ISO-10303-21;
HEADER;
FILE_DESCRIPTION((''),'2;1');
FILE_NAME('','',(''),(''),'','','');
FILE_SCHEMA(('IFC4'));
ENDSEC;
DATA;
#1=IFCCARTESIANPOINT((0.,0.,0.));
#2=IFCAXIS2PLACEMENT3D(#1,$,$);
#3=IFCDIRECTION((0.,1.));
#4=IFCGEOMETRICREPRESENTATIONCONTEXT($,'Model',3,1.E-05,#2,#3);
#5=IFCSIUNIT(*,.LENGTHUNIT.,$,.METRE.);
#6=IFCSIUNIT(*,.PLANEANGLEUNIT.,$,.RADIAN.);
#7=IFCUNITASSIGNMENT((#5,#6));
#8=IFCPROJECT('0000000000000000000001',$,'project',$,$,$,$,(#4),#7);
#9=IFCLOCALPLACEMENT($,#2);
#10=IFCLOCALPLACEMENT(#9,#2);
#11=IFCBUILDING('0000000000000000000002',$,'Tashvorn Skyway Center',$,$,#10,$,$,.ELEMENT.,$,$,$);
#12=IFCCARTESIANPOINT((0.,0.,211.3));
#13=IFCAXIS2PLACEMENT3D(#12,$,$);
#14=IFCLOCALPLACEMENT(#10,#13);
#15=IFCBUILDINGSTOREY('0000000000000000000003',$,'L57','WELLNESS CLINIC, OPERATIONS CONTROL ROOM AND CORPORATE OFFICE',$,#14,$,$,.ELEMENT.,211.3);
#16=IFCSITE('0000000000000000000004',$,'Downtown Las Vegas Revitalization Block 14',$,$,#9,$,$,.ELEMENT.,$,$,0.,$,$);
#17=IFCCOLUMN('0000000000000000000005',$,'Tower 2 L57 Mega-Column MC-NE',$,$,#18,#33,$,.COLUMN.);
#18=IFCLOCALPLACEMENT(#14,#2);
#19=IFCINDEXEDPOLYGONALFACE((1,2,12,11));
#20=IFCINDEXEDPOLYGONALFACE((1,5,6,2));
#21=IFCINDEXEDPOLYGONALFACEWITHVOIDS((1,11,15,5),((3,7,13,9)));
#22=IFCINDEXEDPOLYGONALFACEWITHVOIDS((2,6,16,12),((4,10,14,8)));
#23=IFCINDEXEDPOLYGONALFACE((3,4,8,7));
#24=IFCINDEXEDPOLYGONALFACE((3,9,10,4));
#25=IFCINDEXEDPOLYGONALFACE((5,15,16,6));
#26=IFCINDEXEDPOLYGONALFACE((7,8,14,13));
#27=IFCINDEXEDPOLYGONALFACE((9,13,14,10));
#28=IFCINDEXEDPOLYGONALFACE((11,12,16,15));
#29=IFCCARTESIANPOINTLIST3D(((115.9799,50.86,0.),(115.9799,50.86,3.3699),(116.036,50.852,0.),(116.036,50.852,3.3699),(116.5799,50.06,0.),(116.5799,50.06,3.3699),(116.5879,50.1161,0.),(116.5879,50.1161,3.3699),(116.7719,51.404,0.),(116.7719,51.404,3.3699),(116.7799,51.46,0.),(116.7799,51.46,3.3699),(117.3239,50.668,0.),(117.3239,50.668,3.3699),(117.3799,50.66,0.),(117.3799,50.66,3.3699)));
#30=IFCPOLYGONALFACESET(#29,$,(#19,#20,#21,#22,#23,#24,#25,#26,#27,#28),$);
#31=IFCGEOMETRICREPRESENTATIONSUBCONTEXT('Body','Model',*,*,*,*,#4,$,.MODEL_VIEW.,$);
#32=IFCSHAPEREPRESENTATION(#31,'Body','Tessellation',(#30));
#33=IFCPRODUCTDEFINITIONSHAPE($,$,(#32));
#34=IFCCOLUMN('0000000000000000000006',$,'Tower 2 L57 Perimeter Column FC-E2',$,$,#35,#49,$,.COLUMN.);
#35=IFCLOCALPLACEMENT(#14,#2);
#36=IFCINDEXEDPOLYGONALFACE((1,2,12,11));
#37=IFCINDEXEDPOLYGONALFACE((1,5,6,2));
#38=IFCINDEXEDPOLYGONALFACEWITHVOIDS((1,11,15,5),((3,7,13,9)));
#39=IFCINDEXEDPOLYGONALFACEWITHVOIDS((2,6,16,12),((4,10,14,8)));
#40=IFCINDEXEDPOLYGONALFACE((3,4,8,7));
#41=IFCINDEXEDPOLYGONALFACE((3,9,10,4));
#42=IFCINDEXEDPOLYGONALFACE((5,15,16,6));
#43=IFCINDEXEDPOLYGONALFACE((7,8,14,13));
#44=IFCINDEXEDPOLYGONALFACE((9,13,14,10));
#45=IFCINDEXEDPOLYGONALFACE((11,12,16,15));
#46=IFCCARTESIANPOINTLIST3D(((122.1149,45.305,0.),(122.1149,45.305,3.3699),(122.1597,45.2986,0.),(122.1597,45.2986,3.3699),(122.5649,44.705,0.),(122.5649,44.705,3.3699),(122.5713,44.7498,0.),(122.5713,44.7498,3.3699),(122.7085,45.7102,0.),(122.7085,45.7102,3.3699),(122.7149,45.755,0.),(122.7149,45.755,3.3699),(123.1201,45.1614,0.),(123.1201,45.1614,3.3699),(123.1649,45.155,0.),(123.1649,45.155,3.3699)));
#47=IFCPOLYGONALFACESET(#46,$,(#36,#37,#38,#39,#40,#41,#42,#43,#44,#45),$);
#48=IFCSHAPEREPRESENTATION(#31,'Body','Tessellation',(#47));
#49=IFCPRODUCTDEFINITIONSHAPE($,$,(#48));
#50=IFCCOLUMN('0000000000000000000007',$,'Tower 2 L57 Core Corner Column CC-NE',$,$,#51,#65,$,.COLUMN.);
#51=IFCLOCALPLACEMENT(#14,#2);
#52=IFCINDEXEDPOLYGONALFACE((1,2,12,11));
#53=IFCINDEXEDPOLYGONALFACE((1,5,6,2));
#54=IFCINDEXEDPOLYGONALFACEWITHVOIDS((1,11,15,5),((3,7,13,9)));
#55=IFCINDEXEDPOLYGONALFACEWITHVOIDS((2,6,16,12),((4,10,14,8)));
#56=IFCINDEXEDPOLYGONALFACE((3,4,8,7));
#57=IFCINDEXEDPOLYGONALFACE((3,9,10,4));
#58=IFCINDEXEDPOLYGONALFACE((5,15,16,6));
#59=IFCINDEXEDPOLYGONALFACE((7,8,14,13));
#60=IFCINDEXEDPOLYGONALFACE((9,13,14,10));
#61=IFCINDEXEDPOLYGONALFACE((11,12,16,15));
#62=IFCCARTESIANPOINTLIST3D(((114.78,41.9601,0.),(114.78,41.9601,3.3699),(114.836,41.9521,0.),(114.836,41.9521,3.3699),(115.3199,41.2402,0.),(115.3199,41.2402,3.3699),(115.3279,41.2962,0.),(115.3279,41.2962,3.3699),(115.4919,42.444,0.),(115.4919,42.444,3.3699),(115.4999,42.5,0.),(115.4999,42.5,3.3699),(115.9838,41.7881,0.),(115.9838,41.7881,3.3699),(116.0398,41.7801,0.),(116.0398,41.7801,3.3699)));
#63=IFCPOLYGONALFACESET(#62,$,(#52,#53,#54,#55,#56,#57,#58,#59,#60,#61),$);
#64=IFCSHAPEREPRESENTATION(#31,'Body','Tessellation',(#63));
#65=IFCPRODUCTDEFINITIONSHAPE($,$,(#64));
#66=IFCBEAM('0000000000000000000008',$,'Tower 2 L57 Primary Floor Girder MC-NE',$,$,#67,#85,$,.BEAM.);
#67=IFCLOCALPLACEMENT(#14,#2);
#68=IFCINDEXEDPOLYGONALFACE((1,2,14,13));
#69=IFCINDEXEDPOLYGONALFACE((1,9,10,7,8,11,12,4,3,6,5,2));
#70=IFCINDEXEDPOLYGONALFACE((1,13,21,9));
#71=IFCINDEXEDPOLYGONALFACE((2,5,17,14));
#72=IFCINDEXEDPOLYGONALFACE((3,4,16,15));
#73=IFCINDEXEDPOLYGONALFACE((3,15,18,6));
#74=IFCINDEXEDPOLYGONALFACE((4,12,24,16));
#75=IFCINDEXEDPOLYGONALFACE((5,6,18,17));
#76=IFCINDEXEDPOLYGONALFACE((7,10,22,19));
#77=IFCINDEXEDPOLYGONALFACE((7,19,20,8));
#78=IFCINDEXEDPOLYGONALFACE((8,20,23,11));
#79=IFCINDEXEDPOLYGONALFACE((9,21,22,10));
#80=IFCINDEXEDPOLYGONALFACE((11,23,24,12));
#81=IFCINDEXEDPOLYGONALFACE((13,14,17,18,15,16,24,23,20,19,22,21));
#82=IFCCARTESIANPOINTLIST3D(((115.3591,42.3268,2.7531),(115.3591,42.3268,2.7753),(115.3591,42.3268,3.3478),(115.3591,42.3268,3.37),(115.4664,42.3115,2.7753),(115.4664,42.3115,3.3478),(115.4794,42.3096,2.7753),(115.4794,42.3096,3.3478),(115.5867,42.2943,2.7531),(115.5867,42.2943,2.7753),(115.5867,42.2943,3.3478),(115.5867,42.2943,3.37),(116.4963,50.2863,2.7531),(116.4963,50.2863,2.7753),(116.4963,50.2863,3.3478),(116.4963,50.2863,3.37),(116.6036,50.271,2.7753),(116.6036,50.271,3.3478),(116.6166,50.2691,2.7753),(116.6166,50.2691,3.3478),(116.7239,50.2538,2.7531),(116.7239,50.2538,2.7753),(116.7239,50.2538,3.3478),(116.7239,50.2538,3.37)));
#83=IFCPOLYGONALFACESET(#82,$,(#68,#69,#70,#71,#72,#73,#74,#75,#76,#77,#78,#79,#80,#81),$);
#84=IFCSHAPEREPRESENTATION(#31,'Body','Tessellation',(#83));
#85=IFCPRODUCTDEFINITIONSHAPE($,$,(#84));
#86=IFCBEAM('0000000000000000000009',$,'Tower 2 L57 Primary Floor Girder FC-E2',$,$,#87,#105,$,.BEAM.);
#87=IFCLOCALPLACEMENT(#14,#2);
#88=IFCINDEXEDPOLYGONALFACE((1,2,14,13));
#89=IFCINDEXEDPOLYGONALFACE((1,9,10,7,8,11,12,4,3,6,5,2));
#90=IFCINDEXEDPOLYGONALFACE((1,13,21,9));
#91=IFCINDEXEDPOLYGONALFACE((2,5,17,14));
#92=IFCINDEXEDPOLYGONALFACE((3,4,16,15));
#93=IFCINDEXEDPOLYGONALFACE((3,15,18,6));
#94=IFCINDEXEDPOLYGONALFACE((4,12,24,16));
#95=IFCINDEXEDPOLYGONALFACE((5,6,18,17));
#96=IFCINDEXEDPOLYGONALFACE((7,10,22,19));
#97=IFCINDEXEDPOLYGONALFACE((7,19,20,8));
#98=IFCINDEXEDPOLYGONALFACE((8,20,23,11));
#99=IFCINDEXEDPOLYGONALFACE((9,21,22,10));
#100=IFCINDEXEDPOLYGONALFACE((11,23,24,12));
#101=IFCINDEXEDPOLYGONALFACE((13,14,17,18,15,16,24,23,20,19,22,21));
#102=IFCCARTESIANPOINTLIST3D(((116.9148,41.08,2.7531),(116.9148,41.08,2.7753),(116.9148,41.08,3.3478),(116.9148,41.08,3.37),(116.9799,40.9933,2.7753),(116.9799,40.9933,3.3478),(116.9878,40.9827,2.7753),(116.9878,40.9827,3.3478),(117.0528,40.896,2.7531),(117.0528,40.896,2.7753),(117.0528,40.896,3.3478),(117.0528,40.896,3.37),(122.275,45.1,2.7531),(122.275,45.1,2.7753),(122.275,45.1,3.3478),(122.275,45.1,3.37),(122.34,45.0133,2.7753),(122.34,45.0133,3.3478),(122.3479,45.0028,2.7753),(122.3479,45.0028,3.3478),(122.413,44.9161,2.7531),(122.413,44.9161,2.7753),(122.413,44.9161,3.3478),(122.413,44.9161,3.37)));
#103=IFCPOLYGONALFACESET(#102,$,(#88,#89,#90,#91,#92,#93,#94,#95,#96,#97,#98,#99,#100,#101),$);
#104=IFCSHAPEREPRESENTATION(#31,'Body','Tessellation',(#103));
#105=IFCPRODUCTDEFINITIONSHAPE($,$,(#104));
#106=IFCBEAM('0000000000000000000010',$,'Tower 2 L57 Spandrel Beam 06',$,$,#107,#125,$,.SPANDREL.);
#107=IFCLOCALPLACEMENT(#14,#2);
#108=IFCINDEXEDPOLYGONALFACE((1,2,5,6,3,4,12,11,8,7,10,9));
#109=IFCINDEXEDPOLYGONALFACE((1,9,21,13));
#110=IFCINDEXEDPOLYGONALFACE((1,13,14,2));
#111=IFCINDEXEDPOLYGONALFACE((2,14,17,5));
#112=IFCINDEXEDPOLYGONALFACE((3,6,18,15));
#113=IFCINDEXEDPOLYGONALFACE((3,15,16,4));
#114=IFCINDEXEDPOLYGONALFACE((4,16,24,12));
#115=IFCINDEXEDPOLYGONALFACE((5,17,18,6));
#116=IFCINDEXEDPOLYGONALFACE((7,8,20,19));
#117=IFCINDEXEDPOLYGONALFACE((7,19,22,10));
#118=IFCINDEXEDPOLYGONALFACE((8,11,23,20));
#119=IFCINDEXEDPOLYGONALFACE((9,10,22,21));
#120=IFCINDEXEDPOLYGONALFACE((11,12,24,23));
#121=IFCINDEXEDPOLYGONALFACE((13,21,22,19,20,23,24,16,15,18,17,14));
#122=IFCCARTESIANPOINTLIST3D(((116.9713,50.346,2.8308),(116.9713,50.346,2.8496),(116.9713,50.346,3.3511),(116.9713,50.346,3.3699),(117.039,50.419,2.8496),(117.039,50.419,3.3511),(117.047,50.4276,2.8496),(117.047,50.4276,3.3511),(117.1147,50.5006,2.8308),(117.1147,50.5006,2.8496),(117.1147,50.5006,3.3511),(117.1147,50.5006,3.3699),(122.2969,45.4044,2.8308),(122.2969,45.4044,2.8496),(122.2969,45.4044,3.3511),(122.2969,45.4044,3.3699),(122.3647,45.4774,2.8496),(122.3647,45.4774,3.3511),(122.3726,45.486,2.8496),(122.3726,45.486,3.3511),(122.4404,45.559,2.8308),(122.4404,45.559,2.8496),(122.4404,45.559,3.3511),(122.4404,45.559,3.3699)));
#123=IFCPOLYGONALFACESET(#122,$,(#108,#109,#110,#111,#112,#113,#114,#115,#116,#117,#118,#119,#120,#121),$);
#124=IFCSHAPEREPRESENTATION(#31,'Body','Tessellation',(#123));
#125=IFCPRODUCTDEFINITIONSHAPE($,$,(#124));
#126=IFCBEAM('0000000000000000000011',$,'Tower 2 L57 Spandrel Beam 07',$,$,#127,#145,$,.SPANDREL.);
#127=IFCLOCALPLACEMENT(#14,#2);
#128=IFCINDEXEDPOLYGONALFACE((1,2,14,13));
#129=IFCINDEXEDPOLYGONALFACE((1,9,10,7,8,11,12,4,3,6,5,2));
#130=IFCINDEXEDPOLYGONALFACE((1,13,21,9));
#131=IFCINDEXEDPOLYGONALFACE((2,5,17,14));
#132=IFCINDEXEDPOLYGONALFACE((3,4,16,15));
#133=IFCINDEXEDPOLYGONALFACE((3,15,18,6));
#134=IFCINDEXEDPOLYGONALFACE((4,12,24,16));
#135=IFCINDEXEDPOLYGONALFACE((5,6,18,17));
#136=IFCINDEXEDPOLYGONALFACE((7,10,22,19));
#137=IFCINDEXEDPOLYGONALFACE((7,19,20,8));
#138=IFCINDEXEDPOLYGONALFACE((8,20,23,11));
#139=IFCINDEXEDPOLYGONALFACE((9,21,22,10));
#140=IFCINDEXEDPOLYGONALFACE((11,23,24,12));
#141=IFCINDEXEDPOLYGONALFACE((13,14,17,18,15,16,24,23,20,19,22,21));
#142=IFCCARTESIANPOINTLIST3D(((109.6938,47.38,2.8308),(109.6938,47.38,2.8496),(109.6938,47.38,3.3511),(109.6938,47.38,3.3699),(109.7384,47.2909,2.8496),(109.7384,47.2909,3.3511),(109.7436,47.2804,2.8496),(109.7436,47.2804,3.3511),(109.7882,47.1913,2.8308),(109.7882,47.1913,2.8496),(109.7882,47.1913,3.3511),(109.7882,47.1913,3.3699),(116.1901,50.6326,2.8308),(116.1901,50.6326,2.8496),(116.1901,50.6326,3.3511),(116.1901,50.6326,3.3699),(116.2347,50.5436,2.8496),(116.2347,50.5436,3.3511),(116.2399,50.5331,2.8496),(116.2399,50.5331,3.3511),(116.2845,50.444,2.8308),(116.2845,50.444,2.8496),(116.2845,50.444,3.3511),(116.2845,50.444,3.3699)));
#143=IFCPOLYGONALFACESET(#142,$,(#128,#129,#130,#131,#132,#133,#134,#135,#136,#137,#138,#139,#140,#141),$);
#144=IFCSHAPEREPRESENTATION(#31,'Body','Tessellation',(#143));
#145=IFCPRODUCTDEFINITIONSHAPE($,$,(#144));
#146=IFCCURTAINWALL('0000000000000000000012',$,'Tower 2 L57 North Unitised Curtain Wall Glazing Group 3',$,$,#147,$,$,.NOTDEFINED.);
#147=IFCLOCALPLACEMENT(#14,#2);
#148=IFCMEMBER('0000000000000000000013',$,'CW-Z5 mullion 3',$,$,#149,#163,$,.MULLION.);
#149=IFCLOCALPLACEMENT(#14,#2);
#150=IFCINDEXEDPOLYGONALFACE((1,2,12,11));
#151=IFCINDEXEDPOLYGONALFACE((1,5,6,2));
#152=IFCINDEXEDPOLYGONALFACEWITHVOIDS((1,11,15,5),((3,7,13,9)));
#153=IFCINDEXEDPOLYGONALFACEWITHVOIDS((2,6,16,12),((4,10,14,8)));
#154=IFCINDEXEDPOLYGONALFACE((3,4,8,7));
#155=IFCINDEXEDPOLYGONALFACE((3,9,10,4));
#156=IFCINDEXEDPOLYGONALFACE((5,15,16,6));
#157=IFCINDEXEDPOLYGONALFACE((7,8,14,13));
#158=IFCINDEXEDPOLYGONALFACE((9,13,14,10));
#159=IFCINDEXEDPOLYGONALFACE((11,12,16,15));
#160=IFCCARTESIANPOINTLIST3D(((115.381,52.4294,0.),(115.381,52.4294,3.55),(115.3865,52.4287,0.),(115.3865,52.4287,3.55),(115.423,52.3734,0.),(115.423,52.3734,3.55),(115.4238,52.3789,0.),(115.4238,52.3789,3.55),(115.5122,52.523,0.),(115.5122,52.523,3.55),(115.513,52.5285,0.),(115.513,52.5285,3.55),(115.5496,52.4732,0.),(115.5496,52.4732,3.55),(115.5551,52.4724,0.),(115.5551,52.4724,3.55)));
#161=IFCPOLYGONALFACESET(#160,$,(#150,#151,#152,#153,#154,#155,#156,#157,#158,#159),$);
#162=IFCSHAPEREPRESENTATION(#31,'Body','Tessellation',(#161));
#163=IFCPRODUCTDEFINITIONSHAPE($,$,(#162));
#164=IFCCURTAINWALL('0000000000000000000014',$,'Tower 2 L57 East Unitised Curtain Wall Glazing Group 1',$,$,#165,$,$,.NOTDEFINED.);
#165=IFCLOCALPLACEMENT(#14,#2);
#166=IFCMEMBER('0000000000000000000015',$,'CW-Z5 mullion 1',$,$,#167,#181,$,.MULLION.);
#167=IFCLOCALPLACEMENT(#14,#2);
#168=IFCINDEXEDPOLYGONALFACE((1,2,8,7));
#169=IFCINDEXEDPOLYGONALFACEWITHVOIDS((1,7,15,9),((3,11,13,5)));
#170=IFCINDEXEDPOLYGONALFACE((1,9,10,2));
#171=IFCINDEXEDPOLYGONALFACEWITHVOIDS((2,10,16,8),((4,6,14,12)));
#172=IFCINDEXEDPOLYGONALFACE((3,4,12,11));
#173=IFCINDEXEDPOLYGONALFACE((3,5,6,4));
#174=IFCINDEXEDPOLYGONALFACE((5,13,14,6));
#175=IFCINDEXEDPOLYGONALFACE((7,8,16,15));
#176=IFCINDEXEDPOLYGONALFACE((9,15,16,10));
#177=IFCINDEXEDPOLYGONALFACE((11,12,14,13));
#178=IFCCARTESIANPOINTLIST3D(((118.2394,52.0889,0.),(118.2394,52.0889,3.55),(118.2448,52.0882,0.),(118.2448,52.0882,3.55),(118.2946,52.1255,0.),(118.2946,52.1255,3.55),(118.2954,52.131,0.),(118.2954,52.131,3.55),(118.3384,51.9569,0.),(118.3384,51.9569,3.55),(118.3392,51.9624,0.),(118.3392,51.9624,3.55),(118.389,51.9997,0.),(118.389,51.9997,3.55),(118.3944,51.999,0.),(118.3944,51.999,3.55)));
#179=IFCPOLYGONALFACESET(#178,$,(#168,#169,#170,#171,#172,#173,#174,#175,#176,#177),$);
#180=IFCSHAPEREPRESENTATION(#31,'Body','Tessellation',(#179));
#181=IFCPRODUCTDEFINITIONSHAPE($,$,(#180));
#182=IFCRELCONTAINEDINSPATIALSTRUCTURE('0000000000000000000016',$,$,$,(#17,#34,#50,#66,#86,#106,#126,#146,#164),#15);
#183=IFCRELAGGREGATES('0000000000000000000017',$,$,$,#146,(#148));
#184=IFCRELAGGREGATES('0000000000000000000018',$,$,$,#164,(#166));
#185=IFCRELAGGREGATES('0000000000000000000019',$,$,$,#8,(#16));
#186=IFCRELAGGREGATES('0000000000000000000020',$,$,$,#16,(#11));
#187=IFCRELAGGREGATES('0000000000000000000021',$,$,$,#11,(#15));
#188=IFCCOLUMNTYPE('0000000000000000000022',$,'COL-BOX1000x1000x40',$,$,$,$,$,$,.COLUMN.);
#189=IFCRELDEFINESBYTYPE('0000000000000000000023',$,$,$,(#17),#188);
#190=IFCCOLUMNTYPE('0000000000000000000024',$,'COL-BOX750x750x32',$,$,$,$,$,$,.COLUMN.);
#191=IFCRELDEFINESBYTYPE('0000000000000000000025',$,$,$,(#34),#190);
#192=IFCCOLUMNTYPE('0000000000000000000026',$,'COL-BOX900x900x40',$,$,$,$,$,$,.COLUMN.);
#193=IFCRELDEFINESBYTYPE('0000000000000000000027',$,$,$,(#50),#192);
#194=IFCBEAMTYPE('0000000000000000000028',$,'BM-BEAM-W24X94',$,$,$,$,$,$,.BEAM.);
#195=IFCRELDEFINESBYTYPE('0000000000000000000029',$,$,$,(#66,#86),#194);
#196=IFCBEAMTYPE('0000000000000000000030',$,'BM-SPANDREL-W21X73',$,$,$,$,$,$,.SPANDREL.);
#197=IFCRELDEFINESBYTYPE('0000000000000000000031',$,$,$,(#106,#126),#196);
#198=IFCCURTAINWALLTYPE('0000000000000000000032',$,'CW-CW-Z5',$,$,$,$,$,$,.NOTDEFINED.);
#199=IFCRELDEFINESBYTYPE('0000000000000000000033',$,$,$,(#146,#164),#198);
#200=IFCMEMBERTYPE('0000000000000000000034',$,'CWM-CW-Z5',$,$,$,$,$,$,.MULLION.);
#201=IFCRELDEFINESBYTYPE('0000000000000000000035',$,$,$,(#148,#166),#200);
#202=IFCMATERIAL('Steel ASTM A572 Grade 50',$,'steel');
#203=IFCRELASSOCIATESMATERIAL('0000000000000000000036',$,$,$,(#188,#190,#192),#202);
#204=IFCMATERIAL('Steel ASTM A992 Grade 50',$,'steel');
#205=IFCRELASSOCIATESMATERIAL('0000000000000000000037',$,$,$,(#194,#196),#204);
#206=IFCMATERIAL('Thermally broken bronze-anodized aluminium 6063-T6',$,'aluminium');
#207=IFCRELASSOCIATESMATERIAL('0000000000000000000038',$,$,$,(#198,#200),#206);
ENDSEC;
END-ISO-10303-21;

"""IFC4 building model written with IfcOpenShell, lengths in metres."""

from ifc_helpers import new_model, si_unit, direction, frame, origin, origin_2d, place, context, subcontext, project, spatial, hollow_rectangle, i_section, extrude, material, material_profile, profile_set, type_object, element, aggregate, save


model = new_model("IFC4")

# Units and contexts
model_context = context("Model", 3, precision=1e-05, world=origin(), true_north=direction((0.0, 1.0)))
body_context = subcontext(model_context, "Body", "Model", "MODEL_VIEW")
ifc_project = project(units=[si_unit("LENGTHUNIT", "METRE"), si_unit("PLANEANGLEUNIT", "RADIAN")], contexts=[model_context])

# Site, building, storey
site_placement = place(None, origin())
site = spatial("IfcSite", under=ifc_project, at=site_placement, Name="Downtown Las Vegas Revitalization Block 14", CompositionType="ELEMENT", RefElevation=0.0)
building_placement = place(site_placement, origin())
building = spatial("IfcBuilding", under=site, at=building_placement, Name="Tashvorn Skyway Center", CompositionType="ELEMENT")
storey_placement = place(building_placement, frame((0.0, 0.0, 211.3)))
storey = spatial("IfcBuildingStorey", under=building, at=storey_placement, Name="L57", Description="WELLNESS CLINIC, OPERATIONS CONTROL ROOM AND CORPORATE OFFICE", CompositionType="ELEMENT", Elevation=211.3)

# Columns
ifc_material_1 = material(Name="Steel ASTM A572 Grade 50", Category="steel")
ifc_material_profile_1 = material_profile(ifc_material_1, hollow_rectangle(XDim=1.0, YDim=1.0, WallThickness=0.04, at=origin_2d()), Name="BOX1000x1000x40")
ifc_profile_set_1 = profile_set([ifc_material_profile_1], Name="Steel ASTM A572 Grade 50")
column_type_1 = type_object("IfcColumnType", Name="COL-BOX1000x1000x40", PredefinedType="COLUMN", material=ifc_profile_set_1)
column_1_placement = place(storey_placement, frame((116.6799, 50.76, 0.0), z_axis=(0.0, 0.0, 1.0), x_axis=(0.8, 0.6, 0.0)))
element("IfcColumn", 1, at=column_1_placement, inside=storey, type_object=column_type_1, Name="Tower 2 L57 Mega-Column MC-NE", PredefinedType="COLUMN", context=body_context, shape_type="SweptSolid", body=[
    extrude(hollow_rectangle(XDim=1.0, YDim=1.0, WallThickness=0.04, at=origin_2d()), origin(), (0.0, 0.0, 1.0), 3.3699),
])
ifc_material_profile_2 = material_profile(ifc_material_1, hollow_rectangle(XDim=0.75, YDim=0.75, WallThickness=0.032, at=origin_2d()), Name="BOX750x750x32")
ifc_profile_set_2 = profile_set([ifc_material_profile_2], Name="Steel ASTM A572 Grade 50")
column_type_2 = type_object("IfcColumnType", Name="COL-BOX750x750x32", PredefinedType="COLUMN", material=ifc_profile_set_2)
column_2_placement = place(storey_placement, frame((122.6399, 45.23, 0.0), z_axis=(0.0, 0.0, 1.0), x_axis=(0.8, 0.6, 0.0)))
element("IfcColumn", 2, at=column_2_placement, inside=storey, type_object=column_type_2, Name="Tower 2 L57 Perimeter Column FC-E2", PredefinedType="COLUMN", context=body_context, shape_type="SweptSolid", body=[
    extrude(hollow_rectangle(XDim=0.75, YDim=0.75, WallThickness=0.032, at=origin_2d()), origin(), (0.0, 0.0, 1.0), 3.3699),
])
ifc_material_profile_3 = material_profile(ifc_material_1, hollow_rectangle(XDim=0.8999, YDim=0.8999, WallThickness=0.04, at=origin_2d()), Name="BOX900x900x40")
ifc_profile_set_3 = profile_set([ifc_material_profile_3], Name="Steel ASTM A572 Grade 50")
column_type_3 = type_object("IfcColumnType", Name="COL-BOX900x900x40", PredefinedType="COLUMN", material=ifc_profile_set_3)
column_3_placement = place(storey_placement, frame((115.4099, 41.8701, 0.0), z_axis=(0.0, 0.0, 1.0), x_axis=(0.8, 0.6, 0.0)))
element("IfcColumn", 3, at=column_3_placement, inside=storey, type_object=column_type_3, Name="Tower 2 L57 Core Corner Column CC-NE", PredefinedType="COLUMN", context=body_context, shape_type="SweptSolid", body=[
    extrude(hollow_rectangle(XDim=0.8999, YDim=0.8999, WallThickness=0.04, at=origin_2d()), origin(), (0.0, 0.0, 1.0), 3.3699),
])

# Beams
ifc_material_2 = material(Name="Steel ASTM A992 Grade 50", Category="steel")
ifc_material_profile_4 = material_profile(ifc_material_2, i_section(OverallWidth=0.23, OverallDepth=0.6169, WebThickness=0.0132, FlangeThickness=0.0222, at=origin_2d()), Name="W24X94")
ifc_profile_set_4 = profile_set([ifc_material_profile_4], Name="Steel ASTM A992 Grade 50")
beam_type_1 = type_object("IfcBeamType", Name="BM-BEAM-W24X94", PredefinedType="BEAM", material=ifc_profile_set_4)
beam_1_placement = place(storey_placement, frame((116.6101, 50.27, 3.0615), z_axis=(-0.141438, -0.989947, 0.0), x_axis=(0.989947, -0.141438, 0.0)))
element("IfcBeam", 4, at=beam_1_placement, inside=storey, type_object=beam_type_1, Name="Tower 2 L57 Primary Floor Girder MC-NE", PredefinedType="BEAM", context=body_context, shape_type="SweptSolid", body=[
    extrude(i_section(OverallWidth=0.23, OverallDepth=0.6169, WebThickness=0.0132, FlangeThickness=0.0222, at=origin_2d()), origin(), (0.0, 0.0, 1.0), 8.0403),
])
beam_2_placement = place(storey_placement, frame((122.344, 45.0081, 3.0615), z_axis=(-0.800004, -0.599994, 0.0), x_axis=(0.599994, -0.800004, 0.0)))
element("IfcBeam", 5, at=beam_2_placement, inside=storey, type_object=beam_type_1, Name="Tower 2 L57 Primary Floor Girder FC-E2", PredefinedType="BEAM", context=body_context, shape_type="SweptSolid", body=[
    extrude(i_section(OverallWidth=0.23, OverallDepth=0.6169, WebThickness=0.0132, FlangeThickness=0.0222, at=origin_2d()), origin(), (0.0, 0.0, 1.0), 6.7002),
])
ifc_material_profile_5 = material_profile(ifc_material_2, i_section(OverallWidth=0.2109, OverallDepth=0.5391, WebThickness=0.0117, FlangeThickness=0.0188, at=origin_2d()), Name="W21X73")
ifc_profile_set_5 = profile_set([ifc_material_profile_5], Name="Steel ASTM A992 Grade 50")
beam_type_2 = type_object("IfcBeamType", Name="BM-SPANDREL-W21X73", PredefinedType="SPANDREL", material=ifc_profile_set_5)
for number, where, z_axis, x_axis, name in (
    (6, (122.3687, 45.4817, 3.1003), (-0.733042, 0.680183, 0.0), (-0.680183, -0.733042, 0.0), "Tower 2 L57 Spandrel Beam 06"),
    (7, (116.2373, 50.5383, 3.1003), (-0.894178, -0.447711, 0.0), (0.447711, -0.894178, 0.0), "Tower 2 L57 Spandrel Beam 07"),
):
    element("IfcBeam", number, at=place(storey_placement, frame(where, z_axis=z_axis, x_axis=x_axis)), inside=storey, type_object=beam_type_2, Name=name, PredefinedType="SPANDREL", context=body_context, shape_type="SweptSolid", body=[
        extrude(i_section(OverallWidth=0.2109, OverallDepth=0.5391, WebThickness=0.0117, FlangeThickness=0.0188, at=origin_2d()), origin(), (0.0, 0.0, 1.0), 7.2651),
    ])

# Curtain wall, member
ifc_material_3 = material(Name="Thermally broken bronze-anodized aluminium 6063-T6", Category="aluminium")
curtain_wall_type = type_object("IfcCurtainWallType", Name="CW-CW-Z5", PredefinedType="NOTDEFINED", material=ifc_material_3)
curtain_wall_1_placement = place(storey_placement, origin())
curtain_wall_1 = element("IfcCurtainWall", 8, at=curtain_wall_1_placement, inside=storey, type_object=curtain_wall_type, Name="Tower 2 L57 North Unitised Curtain Wall Glazing Group 3", PredefinedType="NOTDEFINED")
ifc_material_profile_6 = material_profile(ifc_material_3, hollow_rectangle(XDim=0.0701, YDim=0.165, WallThickness=0.0039, at=origin_2d()), Name="ALU-MULL-70x165")
ifc_profile_set_6 = profile_set([ifc_material_profile_6], Name="Thermally broken bronze-anodized aluminium 6063-T6")
member_type_1 = type_object("IfcMemberType", Name="CWM-CW-Z5", PredefinedType="MULLION", material=ifc_profile_set_6)
member_1_placement = place(storey_placement, frame((115.468, 52.4509, 0.0), z_axis=(0.0, 0.0, 1.0), x_axis=(-0.600003, 0.799998, 0.0)))
member_1 = element("IfcMember", 9, at=member_1_placement, type_object=member_type_1, Name="CW-Z5 mullion 3", PredefinedType="MULLION", context=body_context, shape_type="SweptSolid", body=[
    extrude(hollow_rectangle(XDim=0.0701, YDim=0.165, WallThickness=0.0039, at=origin_2d()), origin(), (0.0, 0.0, 1.0), 3.55),
])
aggregate(curtain_wall_1, [member_1])

# Curtain wall, member
curtain_wall_2_placement = place(storey_placement, origin())
curtain_wall_2 = element("IfcCurtainWall", 10, at=curtain_wall_2_placement, inside=storey, type_object=curtain_wall_type, Name="Tower 2 L57 East Unitised Curtain Wall Glazing Group 1", PredefinedType="NOTDEFINED")
member_2_placement = place(storey_placement, frame((118.3169, 52.0439, 0.0), z_axis=(0.0, 0.0, 1.0), x_axis=(0.799998, 0.600003, 0.0)))
member_2 = element("IfcMember", 11, at=member_2_placement, type_object=member_type_1, Name="CW-Z5 mullion 1", PredefinedType="MULLION", context=body_context, shape_type="SweptSolid", body=[
    extrude(hollow_rectangle(XDim=0.0701, YDim=0.165, WallThickness=0.0039, at=origin_2d()), origin(), (0.0, 0.0, 1.0), 3.55),
])

aggregate(curtain_wall_2, [member_2])

save(model, "model.ifc")
